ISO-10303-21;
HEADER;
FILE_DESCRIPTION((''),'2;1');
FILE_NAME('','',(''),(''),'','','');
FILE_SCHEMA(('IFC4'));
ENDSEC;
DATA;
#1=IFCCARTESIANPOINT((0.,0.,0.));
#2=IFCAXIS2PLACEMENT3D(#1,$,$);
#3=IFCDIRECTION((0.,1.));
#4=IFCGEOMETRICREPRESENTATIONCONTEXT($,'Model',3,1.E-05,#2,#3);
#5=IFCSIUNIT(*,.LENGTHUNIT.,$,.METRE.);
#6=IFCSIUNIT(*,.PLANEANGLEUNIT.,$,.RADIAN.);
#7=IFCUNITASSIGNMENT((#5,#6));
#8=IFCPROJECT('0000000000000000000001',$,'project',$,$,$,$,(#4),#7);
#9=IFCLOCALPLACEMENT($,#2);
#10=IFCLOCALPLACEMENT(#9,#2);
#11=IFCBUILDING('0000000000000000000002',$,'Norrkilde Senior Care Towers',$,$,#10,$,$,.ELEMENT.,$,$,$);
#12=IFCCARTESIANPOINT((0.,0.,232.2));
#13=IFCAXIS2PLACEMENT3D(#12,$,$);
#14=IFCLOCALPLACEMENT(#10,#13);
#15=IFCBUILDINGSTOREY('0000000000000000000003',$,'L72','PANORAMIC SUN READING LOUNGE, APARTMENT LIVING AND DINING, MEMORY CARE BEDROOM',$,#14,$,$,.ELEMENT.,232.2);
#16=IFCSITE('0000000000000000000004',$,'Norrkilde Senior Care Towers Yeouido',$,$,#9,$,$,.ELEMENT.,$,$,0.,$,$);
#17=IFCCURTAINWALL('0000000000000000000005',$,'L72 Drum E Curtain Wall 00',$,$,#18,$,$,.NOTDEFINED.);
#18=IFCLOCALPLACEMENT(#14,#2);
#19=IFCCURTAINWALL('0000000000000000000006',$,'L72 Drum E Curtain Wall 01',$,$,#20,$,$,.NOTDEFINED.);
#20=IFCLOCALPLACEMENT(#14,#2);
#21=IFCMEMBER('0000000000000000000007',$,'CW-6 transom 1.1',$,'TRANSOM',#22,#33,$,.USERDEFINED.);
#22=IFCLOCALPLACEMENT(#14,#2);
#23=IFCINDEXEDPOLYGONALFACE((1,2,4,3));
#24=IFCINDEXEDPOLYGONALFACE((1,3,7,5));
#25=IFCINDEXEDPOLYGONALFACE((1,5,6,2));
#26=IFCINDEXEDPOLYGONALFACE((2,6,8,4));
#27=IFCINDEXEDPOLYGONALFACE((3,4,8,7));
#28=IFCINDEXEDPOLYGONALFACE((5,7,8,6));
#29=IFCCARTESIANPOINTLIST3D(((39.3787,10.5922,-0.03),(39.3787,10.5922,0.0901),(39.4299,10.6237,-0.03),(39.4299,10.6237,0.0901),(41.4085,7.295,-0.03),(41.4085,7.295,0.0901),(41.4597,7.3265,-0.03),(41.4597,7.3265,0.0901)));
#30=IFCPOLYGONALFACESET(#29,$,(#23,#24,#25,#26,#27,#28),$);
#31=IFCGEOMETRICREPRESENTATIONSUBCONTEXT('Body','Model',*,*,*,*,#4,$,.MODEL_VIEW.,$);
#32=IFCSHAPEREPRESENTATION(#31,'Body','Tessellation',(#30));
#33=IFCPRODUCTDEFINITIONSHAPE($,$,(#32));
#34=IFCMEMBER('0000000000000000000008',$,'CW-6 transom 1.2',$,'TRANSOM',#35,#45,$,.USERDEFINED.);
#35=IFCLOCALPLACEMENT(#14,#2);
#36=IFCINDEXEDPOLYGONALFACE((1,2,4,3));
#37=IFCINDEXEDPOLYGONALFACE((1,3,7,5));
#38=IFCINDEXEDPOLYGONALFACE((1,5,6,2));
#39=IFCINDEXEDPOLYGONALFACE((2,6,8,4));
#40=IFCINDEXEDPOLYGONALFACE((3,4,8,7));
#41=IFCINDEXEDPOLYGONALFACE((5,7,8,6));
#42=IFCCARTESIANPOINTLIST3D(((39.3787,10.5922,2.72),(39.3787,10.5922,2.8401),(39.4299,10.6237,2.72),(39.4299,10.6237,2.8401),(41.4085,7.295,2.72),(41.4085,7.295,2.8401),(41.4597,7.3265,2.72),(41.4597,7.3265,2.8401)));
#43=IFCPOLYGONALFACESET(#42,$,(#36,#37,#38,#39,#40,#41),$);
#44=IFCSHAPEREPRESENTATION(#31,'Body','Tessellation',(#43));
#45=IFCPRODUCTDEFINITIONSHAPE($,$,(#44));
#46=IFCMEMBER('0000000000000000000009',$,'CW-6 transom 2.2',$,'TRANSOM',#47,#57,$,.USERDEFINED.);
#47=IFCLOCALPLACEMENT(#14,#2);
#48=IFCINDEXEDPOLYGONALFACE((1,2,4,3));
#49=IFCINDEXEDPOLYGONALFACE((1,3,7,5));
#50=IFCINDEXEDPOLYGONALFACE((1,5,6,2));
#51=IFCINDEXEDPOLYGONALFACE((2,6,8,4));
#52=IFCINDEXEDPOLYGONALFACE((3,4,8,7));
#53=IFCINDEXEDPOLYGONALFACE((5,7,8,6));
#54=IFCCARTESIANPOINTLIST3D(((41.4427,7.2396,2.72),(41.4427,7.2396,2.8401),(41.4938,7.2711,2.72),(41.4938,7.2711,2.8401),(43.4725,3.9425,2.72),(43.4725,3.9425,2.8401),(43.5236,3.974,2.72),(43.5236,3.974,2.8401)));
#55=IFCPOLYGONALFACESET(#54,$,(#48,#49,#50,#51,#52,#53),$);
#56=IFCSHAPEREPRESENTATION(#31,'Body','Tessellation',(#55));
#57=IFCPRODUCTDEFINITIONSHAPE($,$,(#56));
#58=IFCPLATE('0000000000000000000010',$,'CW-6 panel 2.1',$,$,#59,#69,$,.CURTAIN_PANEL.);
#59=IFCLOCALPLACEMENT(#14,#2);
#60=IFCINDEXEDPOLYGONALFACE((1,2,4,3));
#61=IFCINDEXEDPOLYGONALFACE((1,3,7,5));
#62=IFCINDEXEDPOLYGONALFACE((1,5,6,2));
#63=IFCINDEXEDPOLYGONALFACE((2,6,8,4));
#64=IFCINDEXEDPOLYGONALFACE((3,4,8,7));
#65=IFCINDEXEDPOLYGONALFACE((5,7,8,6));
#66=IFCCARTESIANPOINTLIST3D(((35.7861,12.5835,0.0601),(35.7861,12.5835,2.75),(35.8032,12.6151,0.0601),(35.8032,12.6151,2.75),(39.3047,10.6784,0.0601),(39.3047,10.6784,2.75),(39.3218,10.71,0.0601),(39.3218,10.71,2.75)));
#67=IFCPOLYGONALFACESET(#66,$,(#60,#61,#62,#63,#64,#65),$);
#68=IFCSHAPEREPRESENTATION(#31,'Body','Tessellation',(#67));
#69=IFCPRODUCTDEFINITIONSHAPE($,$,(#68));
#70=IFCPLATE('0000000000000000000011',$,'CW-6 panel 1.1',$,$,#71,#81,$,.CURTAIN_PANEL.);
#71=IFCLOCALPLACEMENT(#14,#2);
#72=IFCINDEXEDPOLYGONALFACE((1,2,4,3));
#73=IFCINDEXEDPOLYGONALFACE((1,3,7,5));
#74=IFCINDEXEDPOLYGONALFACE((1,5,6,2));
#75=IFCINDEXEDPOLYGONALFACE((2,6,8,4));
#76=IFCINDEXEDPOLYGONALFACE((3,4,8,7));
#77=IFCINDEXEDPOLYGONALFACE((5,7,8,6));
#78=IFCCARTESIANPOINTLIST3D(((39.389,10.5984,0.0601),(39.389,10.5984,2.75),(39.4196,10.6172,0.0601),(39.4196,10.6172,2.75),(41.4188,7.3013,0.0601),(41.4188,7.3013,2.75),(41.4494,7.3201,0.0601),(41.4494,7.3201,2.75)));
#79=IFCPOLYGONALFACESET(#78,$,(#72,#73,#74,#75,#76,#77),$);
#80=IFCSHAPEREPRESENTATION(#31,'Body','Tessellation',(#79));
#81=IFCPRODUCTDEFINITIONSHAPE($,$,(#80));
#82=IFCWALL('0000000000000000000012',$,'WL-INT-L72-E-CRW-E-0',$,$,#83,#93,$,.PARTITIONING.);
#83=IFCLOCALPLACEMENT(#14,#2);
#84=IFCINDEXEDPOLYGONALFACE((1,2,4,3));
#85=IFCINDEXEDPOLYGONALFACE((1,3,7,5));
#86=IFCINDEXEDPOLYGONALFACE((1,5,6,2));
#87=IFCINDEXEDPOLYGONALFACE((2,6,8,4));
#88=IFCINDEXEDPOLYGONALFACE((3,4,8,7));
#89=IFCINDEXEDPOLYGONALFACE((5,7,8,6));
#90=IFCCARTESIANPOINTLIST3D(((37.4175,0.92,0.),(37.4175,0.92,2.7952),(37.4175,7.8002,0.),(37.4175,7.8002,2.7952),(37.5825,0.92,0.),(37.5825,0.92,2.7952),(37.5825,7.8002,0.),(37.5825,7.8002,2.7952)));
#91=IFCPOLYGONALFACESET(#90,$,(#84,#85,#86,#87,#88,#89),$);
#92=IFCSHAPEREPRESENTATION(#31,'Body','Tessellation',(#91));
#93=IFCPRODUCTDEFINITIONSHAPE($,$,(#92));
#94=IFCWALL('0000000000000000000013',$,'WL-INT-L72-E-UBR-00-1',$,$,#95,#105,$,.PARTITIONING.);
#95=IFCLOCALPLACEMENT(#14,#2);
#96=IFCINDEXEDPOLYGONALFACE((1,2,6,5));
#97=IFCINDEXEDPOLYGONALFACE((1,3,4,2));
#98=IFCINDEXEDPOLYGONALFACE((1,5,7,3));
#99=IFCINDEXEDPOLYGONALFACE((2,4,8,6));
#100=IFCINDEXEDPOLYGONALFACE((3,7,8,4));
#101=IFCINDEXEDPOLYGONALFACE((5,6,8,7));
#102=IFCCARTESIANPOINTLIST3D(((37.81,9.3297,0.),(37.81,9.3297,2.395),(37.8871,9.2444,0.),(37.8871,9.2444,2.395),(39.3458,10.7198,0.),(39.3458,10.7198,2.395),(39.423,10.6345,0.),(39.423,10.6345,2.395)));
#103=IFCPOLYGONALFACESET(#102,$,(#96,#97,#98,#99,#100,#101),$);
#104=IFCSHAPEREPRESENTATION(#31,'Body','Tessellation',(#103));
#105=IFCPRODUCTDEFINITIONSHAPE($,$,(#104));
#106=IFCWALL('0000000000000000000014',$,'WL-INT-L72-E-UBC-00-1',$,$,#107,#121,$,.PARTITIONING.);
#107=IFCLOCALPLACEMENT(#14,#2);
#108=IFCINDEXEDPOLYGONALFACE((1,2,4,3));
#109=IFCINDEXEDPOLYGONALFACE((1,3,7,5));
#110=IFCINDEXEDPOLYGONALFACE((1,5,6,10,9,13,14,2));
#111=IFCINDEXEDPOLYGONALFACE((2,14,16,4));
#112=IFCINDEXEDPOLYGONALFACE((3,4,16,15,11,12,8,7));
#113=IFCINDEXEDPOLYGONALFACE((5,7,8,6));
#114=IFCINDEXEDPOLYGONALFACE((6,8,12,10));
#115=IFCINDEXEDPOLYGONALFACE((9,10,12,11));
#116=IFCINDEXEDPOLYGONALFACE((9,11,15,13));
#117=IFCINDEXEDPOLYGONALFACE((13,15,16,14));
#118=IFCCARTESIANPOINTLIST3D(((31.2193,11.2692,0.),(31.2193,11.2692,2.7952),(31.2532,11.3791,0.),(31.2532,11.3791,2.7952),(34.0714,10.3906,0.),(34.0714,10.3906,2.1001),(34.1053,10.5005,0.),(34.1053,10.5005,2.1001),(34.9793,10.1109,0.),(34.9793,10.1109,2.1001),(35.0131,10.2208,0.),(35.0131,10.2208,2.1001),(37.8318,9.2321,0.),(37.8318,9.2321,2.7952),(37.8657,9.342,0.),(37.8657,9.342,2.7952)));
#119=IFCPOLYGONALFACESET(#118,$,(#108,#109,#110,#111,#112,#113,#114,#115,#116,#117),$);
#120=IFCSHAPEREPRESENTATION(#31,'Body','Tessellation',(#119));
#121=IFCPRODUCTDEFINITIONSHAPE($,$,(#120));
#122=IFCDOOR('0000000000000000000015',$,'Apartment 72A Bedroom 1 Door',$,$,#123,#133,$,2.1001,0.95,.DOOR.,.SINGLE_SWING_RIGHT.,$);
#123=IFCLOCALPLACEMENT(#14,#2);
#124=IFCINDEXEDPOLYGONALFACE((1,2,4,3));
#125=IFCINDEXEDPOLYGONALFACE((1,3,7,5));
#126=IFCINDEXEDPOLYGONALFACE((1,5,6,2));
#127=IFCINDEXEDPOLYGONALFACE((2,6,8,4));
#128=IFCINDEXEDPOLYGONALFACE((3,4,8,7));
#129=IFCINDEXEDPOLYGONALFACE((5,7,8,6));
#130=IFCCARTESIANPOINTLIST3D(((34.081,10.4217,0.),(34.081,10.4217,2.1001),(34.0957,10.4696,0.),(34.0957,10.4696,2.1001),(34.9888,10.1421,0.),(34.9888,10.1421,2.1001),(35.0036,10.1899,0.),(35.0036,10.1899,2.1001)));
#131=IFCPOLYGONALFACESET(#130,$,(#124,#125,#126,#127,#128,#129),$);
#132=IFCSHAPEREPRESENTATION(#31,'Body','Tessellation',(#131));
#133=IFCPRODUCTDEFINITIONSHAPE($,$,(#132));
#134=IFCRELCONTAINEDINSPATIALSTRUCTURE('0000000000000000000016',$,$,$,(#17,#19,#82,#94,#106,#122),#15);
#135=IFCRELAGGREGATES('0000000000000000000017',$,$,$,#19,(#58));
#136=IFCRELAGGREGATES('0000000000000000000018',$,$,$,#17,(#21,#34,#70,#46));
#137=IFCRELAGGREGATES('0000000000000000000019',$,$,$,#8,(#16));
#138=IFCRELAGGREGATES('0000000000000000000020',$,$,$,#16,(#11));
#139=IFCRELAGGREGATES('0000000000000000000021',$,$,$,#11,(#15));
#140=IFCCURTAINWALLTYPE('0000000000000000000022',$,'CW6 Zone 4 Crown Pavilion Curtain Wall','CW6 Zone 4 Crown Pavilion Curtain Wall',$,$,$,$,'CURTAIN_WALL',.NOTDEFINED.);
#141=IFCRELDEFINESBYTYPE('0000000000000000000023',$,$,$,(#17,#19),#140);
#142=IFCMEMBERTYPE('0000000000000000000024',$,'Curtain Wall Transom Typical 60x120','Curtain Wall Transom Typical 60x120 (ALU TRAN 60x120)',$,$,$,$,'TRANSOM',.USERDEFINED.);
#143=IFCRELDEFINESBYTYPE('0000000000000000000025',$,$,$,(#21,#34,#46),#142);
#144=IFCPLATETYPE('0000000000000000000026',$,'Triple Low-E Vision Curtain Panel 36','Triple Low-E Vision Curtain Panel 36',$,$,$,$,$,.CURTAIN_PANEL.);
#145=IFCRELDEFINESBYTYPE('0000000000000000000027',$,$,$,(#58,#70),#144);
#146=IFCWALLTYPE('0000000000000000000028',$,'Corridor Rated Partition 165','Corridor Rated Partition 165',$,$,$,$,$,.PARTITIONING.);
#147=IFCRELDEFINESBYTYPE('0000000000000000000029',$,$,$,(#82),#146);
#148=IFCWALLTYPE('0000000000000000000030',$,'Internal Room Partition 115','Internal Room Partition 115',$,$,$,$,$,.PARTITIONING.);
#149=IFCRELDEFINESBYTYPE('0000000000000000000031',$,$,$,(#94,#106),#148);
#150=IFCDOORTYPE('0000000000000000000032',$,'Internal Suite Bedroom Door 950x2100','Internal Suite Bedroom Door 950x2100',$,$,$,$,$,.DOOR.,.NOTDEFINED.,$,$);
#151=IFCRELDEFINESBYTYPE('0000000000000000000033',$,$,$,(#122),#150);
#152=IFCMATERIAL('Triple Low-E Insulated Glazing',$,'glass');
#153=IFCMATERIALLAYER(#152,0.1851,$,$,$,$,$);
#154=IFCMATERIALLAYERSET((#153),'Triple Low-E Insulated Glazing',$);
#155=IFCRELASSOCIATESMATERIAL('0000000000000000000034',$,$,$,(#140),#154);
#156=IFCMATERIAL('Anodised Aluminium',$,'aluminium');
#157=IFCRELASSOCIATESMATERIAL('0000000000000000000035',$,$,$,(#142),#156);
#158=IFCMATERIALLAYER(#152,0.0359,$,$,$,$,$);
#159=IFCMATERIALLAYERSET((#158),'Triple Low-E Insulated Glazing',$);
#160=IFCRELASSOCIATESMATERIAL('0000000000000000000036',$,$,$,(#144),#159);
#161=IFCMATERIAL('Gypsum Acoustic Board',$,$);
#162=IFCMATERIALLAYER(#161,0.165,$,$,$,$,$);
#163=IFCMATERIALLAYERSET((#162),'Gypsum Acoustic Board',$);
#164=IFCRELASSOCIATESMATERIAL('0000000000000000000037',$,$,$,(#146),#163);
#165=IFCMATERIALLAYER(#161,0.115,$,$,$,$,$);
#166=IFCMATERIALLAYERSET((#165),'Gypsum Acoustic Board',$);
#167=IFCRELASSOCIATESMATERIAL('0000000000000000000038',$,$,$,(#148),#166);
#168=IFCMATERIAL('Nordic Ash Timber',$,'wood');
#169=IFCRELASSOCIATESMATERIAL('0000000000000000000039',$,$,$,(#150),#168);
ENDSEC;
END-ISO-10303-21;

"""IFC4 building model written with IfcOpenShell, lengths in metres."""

from ifc_helpers import new_model, si_unit, direction, frame, frame_2d, origin, origin_2d, place, context, subcontext, project, spatial, rectangle, extrude, source, transform, mapped, material, layer, layer_set, material_profile, profile_set, type_object, type_shapes, element, fill, aggregate, save


model = new_model("IFC4")

# Units and contexts
model_context = context("Model", 3, precision=1e-05, world=origin(), true_north=direction((0.0, 1.0)))
body_context = subcontext(model_context, "Body", "Model", "MODEL_VIEW")
ifc_project = project(units=[si_unit("LENGTHUNIT", "METRE"), si_unit("PLANEANGLEUNIT", "RADIAN")], contexts=[model_context])

# Site, building, storey
site_placement = place(None, origin())
site = spatial("IfcSite", under=ifc_project, at=site_placement, Name="Norrkilde Senior Care Towers Yeouido", CompositionType="ELEMENT", RefElevation=0.0)
building_placement = place(site_placement, origin())
building = spatial("IfcBuilding", under=site, at=building_placement, Name="Norrkilde Senior Care Towers", CompositionType="ELEMENT")
storey_placement = place(building_placement, frame((0.0, 0.0, 232.2)))
storey = spatial("IfcBuildingStorey", under=building, at=storey_placement, Name="L72", Description="PANORAMIC SUN READING LOUNGE, APARTMENT LIVING AND DINING, MEMORY CARE BEDROOM", CompositionType="ELEMENT", Elevation=232.2)

# Curtain walls
ifc_material_1 = material(Name="Triple Low-E Insulated Glazing", Category="glass")
ifc_layer_1 = layer(ifc_material_1, 0.1851)
ifc_layer_set_1 = layer_set([ifc_layer_1], Name="Triple Low-E Insulated Glazing")
curtain_wall_type = type_object("IfcCurtainWallType", Name="CW6 Zone 4 Crown Pavilion Curtain Wall", Description="CW6 Zone 4 Crown Pavilion Curtain Wall", ElementType="CURTAIN_WALL", PredefinedType="NOTDEFINED", material=ifc_layer_set_1)
curtain_wall_1_placement = place(storey_placement, origin())
curtain_wall_1 = element("IfcCurtainWall", 1, at=curtain_wall_1_placement, inside=storey, type_object=curtain_wall_type, Name="L72 Drum E Curtain Wall 00", PredefinedType="NOTDEFINED")
ifc_material_2 = material(Name="Anodised Aluminium", Category="aluminium")
curtain_wall_2_placement = place(storey_placement, origin())
curtain_wall_2 = element("IfcCurtainWall", 2, at=curtain_wall_2_placement, inside=storey, type_object=curtain_wall_type, Name="L72 Drum E Curtain Wall 01", PredefinedType="NOTDEFINED")
ifc_material_profile_1 = material_profile(ifc_material_2, rectangle(XDim=0.0601, YDim=0.1201, at=origin_2d()), Name="ALU TRAN 60x120")
ifc_profile_set_1 = profile_set([ifc_material_profile_1], Name="Anodised Aluminium")
member_type_1 = type_object("IfcMemberType", Name="Curtain Wall Transom Typical 60x120", Description="Curtain Wall Transom Typical 60x120 (ALU TRAN 60x120)", ElementType="TRANSOM", PredefinedType="USERDEFINED", material=ifc_profile_set_1)

# Members
shared_shape_1 = source(origin(), body_context, "Body", "SweptSolid", [
    extrude(rectangle(XDim=0.0601, YDim=0.1201, at=origin_2d()), origin(), (0.0, 0.0, 1.0), 3.8718),
])
member_1_placement = place(storey_placement, frame((39.4043, 10.6079, 0.03), z_axis=(0.524245, -0.851567, 0.0), x_axis=(0.851567, 0.524245, 0.0)))
member_1 = element("IfcMember", 3, at=member_1_placement, type_object=member_type_1, Name="CW-6 transom 1.1", ObjectType="TRANSOM", PredefinedType="USERDEFINED", context=body_context, shape_type="MappedRepresentation", body=[
    mapped(shared_shape_1, transform((0.0, 0.0, 0.0), x_axis=(1.0, 0.0, 0.0), y_axis=(0.0, 1.0, 0.0), z_axis=(0.0, 0.0, 1.0), scale=1.0)),
])
member_2_placement = place(storey_placement, frame((39.4043, 10.6079, 2.78), z_axis=(0.524245, -0.851567, 0.0), x_axis=(0.851567, 0.524245, 0.0)))
member_2 = element("IfcMember", 4, at=member_2_placement, type_object=member_type_1, Name="CW-6 transom 1.2", ObjectType="TRANSOM", PredefinedType="USERDEFINED", context=body_context, shape_type="MappedRepresentation", body=[
    mapped(shared_shape_1, transform((0.0, 0.0, 0.0), x_axis=(1.0, 0.0, 0.0), y_axis=(0.0, 1.0, 0.0), z_axis=(0.0, 0.0, 1.0), scale=1.0)),
])
member_3_placement = place(storey_placement, frame((41.4683, 7.2554, 2.78), z_axis=(0.524245, -0.851567, 0.0), x_axis=(0.851567, 0.524245, 0.0)))
member_3 = element("IfcMember", 5, at=member_3_placement, type_object=member_type_1, Name="CW-6 transom 2.2", ObjectType="TRANSOM", PredefinedType="USERDEFINED", context=body_context, shape_type="MappedRepresentation", body=[
    mapped(shared_shape_1, transform((0.0, 0.0, 0.0), x_axis=(1.0, 0.0, 0.0), y_axis=(0.0, 1.0, 0.0), z_axis=(0.0, 0.0, 1.0), scale=1.0)),
])

# Plates
ifc_layer_2 = layer(ifc_material_1, 0.0359)
ifc_layer_set_2 = layer_set([ifc_layer_2], Name="Triple Low-E Insulated Glazing")
plate_type = type_object("IfcPlateType", Name="Triple Low-E Vision Curtain Panel 36", Description="Triple Low-E Vision Curtain Panel 36", PredefinedType="CURTAIN_PANEL", material=ifc_layer_set_2)
shared_shape_2 = source(origin(), body_context, "Body", "SweptSolid", [
    extrude(rectangle(XDim=4.0012, YDim=0.0359, at=origin_2d()), origin(), (0.0, 0.0, 1.0), 2.6899),
])
plate_1_placement = place(storey_placement, frame((37.554, 11.6467, 0.0601), z_axis=(0.0, 0.0, 1.0), x_axis=(0.879373, -0.476133, 0.0)))
plate_1 = element("IfcPlate", 6, at=plate_1_placement, type_object=plate_type, Name="CW-6 panel 2.1", PredefinedType="CURTAIN_PANEL", context=body_context, shape_type="MappedRepresentation", body=[
    mapped(shared_shape_2, transform((0.0, 0.0, 0.0), x_axis=(1.0, 0.0, 0.0), y_axis=(0.0, 1.0, 0.0), z_axis=(0.0, 0.0, 1.0), scale=1.0)),
])
aggregate(curtain_wall_2, [plate_1])
shared_shape_3 = source(origin(), body_context, "Body", "SweptSolid", [
    extrude(rectangle(XDim=3.8718, YDim=0.0359, at=origin_2d()), origin(), (0.0, 0.0, 1.0), 2.6899),
])
type_shapes(plate_type, [shared_shape_2, shared_shape_3])
plate_2_placement = place(storey_placement, frame((40.4192, 8.9592, 0.0601), z_axis=(0.0, 0.0, 1.0), x_axis=(0.524253, -0.851563, 0.0)))
plate_2 = element("IfcPlate", 7, at=plate_2_placement, type_object=plate_type, Name="CW-6 panel 1.1", PredefinedType="CURTAIN_PANEL", context=body_context, shape_type="MappedRepresentation", body=[
    mapped(shared_shape_3, transform((0.0, 0.0, 0.0), x_axis=(1.0, 0.0, 0.0), y_axis=(0.0, 1.0, 0.0), z_axis=(0.0, 0.0, 1.0), scale=1.0)),
])
aggregate(curtain_wall_1, [member_1, member_2, plate_2, member_3])

# Walls
ifc_material_3 = material(Name="Gypsum Acoustic Board")
ifc_layer_3 = layer(ifc_material_3, 0.165)
ifc_layer_set_3 = layer_set([ifc_layer_3], Name="Gypsum Acoustic Board")
wall_type_1 = type_object("IfcWallType", Name="Corridor Rated Partition 165", Description="Corridor Rated Partition 165", PredefinedType="PARTITIONING", material=ifc_layer_set_3)
shared_shape_4 = source(origin(), body_context, "Body", "SweptSolid", [
    extrude(rectangle(XDim=6.8801, YDim=0.165, at=frame_2d((3.4399, 0.0))), origin(), (0.0, 0.0, 1.0), 2.7952),
])
type_shapes(wall_type_1, [shared_shape_4])
wall_1_placement = place(storey_placement, frame((37.5, 7.8, 0.0), z_axis=(0.0, 0.0, 1.0), x_axis=(0.0, -1.0, 0.0)))
element("IfcWall", 8, at=wall_1_placement, inside=storey, type_object=wall_type_1, Name="WL-INT-L72-E-CRW-E-0", PredefinedType="PARTITIONING", context=body_context, shape_type="MappedRepresentation", body=[
    mapped(shared_shape_4, transform((0.0, 0.0, 0.0), x_axis=(1.0, 0.0, 0.0), y_axis=(0.0, 1.0, 0.0), z_axis=(0.0, 0.0, 1.0), scale=1.0)),
])
ifc_layer_4 = layer(ifc_material_3, 0.115)
ifc_layer_set_4 = layer_set([ifc_layer_4], Name="Gypsum Acoustic Board")
wall_type_2 = type_object("IfcWallType", Name="Internal Room Partition 115", Description="Internal Room Partition 115", PredefinedType="PARTITIONING", material=ifc_layer_set_4)
shared_shape_5 = source(origin(), body_context, "Body", "SweptSolid", [
    extrude(rectangle(XDim=2.0715, YDim=0.115, at=frame_2d((1.0356, 0.0))), origin(), (0.0, 0.0, 1.0), 2.395),
])
wall_2_placement = place(storey_placement, frame((37.8486, 9.2871, 0.0), z_axis=(0.0, 0.0, 1.0), x_axis=(0.74141, 0.671052, 0.0)))
element("IfcWall", 9, at=wall_2_placement, inside=storey, type_object=wall_type_2, Name="WL-INT-L72-E-UBR-00-1", PredefinedType="PARTITIONING", context=body_context, shape_type="MappedRepresentation", body=[
    mapped(shared_shape_5, transform((0.0, 0.0, 0.0), x_axis=(1.0, 0.0, 0.0), y_axis=(0.0, 1.0, 0.0), z_axis=(0.0, 0.0, 1.0), scale=1.0)),
])

# Wall, opening, door
shared_shape_6 = source(origin(), body_context, "Body", "SweptSolid", [
    extrude(rectangle(XDim=6.9192, YDim=0.115, at=frame_2d((3.4595, 0.0))), origin(), (0.0, 0.0, 1.0), 2.7952),
])
type_shapes(wall_type_2, [shared_shape_5, shared_shape_6])
wall_3_placement = place(storey_placement, frame((37.8486, 9.2871, 0.0), z_axis=(0.0, 0.0, 1.0), x_axis=(-0.955678, 0.294413, 0.0)))
wall_3 = element("IfcWall", 10, at=wall_3_placement, inside=storey, type_object=wall_type_2, Name="WL-INT-L72-E-UBC-00-1", PredefinedType="PARTITIONING", context=body_context, shape_type="MappedRepresentation", body=[
    mapped(shared_shape_6, transform((0.0, 0.0, 0.0), x_axis=(1.0, 0.0, 0.0), y_axis=(0.0, 1.0, 0.0), z_axis=(0.0, 0.0, 1.0), scale=1.0)),
])
opening_placement = place(wall_3_placement, frame((2.9846, 0.0, 0.0)))
opening = element("IfcOpeningElement", 11, at=opening_placement, cuts=wall_3, PredefinedType="OPENING", context=body_context, shape_type="SweptSolid", body=[
    extrude(rectangle(XDim=0.95, YDim=2.1001, at=frame_2d((0.4751, 1.05))), frame((0.0, 0.0674, 0.0), z_axis=(0.0, -1.0, 0.0), x_axis=(1.0, 0.0, 0.0)), (0.0, 0.0, 1.0), 0.135),
])
ifc_material_4 = material(Name="Nordic Ash Timber", Category="wood")
door_type = type_object("IfcDoorType", Name="Internal Suite Bedroom Door 950x2100", Description="Internal Suite Bedroom Door 950x2100", OperationType="NOTDEFINED", PredefinedType="DOOR", material=ifc_material_4)
shared_shape_7 = source(origin(), body_context, "Body", "SweptSolid", [
    extrude(rectangle(XDim=0.95, YDim=2.1001, at=frame_2d((0.4751, 1.05))), frame((0.0, 0.0249, 0.0), z_axis=(0.0, -1.0, 0.0), x_axis=(1.0, 0.0, 0.0)), (0.0, 0.0, 1.0), 0.05),
])
type_shapes(door_type, [shared_shape_7])
door_placement = place(opening_placement, origin())
door = element("IfcDoor", 12, at=door_placement, inside=storey, type_object=door_type, Name="Apartment 72A Bedroom 1 Door", OperationType="SINGLE_SWING_RIGHT", OverallHeight=2.1001, OverallWidth=0.95, PredefinedType="DOOR", context=body_context, shape_type="MappedRepresentation", body=[
    mapped(shared_shape_7, transform((0.0, 0.0, 0.0), x_axis=(1.0, 0.0, 0.0), y_axis=(0.0, 1.0, 0.0), z_axis=(0.0, 0.0, 1.0), scale=1.0)),
])
fill(opening, door)

save(model, "model.ifc")
